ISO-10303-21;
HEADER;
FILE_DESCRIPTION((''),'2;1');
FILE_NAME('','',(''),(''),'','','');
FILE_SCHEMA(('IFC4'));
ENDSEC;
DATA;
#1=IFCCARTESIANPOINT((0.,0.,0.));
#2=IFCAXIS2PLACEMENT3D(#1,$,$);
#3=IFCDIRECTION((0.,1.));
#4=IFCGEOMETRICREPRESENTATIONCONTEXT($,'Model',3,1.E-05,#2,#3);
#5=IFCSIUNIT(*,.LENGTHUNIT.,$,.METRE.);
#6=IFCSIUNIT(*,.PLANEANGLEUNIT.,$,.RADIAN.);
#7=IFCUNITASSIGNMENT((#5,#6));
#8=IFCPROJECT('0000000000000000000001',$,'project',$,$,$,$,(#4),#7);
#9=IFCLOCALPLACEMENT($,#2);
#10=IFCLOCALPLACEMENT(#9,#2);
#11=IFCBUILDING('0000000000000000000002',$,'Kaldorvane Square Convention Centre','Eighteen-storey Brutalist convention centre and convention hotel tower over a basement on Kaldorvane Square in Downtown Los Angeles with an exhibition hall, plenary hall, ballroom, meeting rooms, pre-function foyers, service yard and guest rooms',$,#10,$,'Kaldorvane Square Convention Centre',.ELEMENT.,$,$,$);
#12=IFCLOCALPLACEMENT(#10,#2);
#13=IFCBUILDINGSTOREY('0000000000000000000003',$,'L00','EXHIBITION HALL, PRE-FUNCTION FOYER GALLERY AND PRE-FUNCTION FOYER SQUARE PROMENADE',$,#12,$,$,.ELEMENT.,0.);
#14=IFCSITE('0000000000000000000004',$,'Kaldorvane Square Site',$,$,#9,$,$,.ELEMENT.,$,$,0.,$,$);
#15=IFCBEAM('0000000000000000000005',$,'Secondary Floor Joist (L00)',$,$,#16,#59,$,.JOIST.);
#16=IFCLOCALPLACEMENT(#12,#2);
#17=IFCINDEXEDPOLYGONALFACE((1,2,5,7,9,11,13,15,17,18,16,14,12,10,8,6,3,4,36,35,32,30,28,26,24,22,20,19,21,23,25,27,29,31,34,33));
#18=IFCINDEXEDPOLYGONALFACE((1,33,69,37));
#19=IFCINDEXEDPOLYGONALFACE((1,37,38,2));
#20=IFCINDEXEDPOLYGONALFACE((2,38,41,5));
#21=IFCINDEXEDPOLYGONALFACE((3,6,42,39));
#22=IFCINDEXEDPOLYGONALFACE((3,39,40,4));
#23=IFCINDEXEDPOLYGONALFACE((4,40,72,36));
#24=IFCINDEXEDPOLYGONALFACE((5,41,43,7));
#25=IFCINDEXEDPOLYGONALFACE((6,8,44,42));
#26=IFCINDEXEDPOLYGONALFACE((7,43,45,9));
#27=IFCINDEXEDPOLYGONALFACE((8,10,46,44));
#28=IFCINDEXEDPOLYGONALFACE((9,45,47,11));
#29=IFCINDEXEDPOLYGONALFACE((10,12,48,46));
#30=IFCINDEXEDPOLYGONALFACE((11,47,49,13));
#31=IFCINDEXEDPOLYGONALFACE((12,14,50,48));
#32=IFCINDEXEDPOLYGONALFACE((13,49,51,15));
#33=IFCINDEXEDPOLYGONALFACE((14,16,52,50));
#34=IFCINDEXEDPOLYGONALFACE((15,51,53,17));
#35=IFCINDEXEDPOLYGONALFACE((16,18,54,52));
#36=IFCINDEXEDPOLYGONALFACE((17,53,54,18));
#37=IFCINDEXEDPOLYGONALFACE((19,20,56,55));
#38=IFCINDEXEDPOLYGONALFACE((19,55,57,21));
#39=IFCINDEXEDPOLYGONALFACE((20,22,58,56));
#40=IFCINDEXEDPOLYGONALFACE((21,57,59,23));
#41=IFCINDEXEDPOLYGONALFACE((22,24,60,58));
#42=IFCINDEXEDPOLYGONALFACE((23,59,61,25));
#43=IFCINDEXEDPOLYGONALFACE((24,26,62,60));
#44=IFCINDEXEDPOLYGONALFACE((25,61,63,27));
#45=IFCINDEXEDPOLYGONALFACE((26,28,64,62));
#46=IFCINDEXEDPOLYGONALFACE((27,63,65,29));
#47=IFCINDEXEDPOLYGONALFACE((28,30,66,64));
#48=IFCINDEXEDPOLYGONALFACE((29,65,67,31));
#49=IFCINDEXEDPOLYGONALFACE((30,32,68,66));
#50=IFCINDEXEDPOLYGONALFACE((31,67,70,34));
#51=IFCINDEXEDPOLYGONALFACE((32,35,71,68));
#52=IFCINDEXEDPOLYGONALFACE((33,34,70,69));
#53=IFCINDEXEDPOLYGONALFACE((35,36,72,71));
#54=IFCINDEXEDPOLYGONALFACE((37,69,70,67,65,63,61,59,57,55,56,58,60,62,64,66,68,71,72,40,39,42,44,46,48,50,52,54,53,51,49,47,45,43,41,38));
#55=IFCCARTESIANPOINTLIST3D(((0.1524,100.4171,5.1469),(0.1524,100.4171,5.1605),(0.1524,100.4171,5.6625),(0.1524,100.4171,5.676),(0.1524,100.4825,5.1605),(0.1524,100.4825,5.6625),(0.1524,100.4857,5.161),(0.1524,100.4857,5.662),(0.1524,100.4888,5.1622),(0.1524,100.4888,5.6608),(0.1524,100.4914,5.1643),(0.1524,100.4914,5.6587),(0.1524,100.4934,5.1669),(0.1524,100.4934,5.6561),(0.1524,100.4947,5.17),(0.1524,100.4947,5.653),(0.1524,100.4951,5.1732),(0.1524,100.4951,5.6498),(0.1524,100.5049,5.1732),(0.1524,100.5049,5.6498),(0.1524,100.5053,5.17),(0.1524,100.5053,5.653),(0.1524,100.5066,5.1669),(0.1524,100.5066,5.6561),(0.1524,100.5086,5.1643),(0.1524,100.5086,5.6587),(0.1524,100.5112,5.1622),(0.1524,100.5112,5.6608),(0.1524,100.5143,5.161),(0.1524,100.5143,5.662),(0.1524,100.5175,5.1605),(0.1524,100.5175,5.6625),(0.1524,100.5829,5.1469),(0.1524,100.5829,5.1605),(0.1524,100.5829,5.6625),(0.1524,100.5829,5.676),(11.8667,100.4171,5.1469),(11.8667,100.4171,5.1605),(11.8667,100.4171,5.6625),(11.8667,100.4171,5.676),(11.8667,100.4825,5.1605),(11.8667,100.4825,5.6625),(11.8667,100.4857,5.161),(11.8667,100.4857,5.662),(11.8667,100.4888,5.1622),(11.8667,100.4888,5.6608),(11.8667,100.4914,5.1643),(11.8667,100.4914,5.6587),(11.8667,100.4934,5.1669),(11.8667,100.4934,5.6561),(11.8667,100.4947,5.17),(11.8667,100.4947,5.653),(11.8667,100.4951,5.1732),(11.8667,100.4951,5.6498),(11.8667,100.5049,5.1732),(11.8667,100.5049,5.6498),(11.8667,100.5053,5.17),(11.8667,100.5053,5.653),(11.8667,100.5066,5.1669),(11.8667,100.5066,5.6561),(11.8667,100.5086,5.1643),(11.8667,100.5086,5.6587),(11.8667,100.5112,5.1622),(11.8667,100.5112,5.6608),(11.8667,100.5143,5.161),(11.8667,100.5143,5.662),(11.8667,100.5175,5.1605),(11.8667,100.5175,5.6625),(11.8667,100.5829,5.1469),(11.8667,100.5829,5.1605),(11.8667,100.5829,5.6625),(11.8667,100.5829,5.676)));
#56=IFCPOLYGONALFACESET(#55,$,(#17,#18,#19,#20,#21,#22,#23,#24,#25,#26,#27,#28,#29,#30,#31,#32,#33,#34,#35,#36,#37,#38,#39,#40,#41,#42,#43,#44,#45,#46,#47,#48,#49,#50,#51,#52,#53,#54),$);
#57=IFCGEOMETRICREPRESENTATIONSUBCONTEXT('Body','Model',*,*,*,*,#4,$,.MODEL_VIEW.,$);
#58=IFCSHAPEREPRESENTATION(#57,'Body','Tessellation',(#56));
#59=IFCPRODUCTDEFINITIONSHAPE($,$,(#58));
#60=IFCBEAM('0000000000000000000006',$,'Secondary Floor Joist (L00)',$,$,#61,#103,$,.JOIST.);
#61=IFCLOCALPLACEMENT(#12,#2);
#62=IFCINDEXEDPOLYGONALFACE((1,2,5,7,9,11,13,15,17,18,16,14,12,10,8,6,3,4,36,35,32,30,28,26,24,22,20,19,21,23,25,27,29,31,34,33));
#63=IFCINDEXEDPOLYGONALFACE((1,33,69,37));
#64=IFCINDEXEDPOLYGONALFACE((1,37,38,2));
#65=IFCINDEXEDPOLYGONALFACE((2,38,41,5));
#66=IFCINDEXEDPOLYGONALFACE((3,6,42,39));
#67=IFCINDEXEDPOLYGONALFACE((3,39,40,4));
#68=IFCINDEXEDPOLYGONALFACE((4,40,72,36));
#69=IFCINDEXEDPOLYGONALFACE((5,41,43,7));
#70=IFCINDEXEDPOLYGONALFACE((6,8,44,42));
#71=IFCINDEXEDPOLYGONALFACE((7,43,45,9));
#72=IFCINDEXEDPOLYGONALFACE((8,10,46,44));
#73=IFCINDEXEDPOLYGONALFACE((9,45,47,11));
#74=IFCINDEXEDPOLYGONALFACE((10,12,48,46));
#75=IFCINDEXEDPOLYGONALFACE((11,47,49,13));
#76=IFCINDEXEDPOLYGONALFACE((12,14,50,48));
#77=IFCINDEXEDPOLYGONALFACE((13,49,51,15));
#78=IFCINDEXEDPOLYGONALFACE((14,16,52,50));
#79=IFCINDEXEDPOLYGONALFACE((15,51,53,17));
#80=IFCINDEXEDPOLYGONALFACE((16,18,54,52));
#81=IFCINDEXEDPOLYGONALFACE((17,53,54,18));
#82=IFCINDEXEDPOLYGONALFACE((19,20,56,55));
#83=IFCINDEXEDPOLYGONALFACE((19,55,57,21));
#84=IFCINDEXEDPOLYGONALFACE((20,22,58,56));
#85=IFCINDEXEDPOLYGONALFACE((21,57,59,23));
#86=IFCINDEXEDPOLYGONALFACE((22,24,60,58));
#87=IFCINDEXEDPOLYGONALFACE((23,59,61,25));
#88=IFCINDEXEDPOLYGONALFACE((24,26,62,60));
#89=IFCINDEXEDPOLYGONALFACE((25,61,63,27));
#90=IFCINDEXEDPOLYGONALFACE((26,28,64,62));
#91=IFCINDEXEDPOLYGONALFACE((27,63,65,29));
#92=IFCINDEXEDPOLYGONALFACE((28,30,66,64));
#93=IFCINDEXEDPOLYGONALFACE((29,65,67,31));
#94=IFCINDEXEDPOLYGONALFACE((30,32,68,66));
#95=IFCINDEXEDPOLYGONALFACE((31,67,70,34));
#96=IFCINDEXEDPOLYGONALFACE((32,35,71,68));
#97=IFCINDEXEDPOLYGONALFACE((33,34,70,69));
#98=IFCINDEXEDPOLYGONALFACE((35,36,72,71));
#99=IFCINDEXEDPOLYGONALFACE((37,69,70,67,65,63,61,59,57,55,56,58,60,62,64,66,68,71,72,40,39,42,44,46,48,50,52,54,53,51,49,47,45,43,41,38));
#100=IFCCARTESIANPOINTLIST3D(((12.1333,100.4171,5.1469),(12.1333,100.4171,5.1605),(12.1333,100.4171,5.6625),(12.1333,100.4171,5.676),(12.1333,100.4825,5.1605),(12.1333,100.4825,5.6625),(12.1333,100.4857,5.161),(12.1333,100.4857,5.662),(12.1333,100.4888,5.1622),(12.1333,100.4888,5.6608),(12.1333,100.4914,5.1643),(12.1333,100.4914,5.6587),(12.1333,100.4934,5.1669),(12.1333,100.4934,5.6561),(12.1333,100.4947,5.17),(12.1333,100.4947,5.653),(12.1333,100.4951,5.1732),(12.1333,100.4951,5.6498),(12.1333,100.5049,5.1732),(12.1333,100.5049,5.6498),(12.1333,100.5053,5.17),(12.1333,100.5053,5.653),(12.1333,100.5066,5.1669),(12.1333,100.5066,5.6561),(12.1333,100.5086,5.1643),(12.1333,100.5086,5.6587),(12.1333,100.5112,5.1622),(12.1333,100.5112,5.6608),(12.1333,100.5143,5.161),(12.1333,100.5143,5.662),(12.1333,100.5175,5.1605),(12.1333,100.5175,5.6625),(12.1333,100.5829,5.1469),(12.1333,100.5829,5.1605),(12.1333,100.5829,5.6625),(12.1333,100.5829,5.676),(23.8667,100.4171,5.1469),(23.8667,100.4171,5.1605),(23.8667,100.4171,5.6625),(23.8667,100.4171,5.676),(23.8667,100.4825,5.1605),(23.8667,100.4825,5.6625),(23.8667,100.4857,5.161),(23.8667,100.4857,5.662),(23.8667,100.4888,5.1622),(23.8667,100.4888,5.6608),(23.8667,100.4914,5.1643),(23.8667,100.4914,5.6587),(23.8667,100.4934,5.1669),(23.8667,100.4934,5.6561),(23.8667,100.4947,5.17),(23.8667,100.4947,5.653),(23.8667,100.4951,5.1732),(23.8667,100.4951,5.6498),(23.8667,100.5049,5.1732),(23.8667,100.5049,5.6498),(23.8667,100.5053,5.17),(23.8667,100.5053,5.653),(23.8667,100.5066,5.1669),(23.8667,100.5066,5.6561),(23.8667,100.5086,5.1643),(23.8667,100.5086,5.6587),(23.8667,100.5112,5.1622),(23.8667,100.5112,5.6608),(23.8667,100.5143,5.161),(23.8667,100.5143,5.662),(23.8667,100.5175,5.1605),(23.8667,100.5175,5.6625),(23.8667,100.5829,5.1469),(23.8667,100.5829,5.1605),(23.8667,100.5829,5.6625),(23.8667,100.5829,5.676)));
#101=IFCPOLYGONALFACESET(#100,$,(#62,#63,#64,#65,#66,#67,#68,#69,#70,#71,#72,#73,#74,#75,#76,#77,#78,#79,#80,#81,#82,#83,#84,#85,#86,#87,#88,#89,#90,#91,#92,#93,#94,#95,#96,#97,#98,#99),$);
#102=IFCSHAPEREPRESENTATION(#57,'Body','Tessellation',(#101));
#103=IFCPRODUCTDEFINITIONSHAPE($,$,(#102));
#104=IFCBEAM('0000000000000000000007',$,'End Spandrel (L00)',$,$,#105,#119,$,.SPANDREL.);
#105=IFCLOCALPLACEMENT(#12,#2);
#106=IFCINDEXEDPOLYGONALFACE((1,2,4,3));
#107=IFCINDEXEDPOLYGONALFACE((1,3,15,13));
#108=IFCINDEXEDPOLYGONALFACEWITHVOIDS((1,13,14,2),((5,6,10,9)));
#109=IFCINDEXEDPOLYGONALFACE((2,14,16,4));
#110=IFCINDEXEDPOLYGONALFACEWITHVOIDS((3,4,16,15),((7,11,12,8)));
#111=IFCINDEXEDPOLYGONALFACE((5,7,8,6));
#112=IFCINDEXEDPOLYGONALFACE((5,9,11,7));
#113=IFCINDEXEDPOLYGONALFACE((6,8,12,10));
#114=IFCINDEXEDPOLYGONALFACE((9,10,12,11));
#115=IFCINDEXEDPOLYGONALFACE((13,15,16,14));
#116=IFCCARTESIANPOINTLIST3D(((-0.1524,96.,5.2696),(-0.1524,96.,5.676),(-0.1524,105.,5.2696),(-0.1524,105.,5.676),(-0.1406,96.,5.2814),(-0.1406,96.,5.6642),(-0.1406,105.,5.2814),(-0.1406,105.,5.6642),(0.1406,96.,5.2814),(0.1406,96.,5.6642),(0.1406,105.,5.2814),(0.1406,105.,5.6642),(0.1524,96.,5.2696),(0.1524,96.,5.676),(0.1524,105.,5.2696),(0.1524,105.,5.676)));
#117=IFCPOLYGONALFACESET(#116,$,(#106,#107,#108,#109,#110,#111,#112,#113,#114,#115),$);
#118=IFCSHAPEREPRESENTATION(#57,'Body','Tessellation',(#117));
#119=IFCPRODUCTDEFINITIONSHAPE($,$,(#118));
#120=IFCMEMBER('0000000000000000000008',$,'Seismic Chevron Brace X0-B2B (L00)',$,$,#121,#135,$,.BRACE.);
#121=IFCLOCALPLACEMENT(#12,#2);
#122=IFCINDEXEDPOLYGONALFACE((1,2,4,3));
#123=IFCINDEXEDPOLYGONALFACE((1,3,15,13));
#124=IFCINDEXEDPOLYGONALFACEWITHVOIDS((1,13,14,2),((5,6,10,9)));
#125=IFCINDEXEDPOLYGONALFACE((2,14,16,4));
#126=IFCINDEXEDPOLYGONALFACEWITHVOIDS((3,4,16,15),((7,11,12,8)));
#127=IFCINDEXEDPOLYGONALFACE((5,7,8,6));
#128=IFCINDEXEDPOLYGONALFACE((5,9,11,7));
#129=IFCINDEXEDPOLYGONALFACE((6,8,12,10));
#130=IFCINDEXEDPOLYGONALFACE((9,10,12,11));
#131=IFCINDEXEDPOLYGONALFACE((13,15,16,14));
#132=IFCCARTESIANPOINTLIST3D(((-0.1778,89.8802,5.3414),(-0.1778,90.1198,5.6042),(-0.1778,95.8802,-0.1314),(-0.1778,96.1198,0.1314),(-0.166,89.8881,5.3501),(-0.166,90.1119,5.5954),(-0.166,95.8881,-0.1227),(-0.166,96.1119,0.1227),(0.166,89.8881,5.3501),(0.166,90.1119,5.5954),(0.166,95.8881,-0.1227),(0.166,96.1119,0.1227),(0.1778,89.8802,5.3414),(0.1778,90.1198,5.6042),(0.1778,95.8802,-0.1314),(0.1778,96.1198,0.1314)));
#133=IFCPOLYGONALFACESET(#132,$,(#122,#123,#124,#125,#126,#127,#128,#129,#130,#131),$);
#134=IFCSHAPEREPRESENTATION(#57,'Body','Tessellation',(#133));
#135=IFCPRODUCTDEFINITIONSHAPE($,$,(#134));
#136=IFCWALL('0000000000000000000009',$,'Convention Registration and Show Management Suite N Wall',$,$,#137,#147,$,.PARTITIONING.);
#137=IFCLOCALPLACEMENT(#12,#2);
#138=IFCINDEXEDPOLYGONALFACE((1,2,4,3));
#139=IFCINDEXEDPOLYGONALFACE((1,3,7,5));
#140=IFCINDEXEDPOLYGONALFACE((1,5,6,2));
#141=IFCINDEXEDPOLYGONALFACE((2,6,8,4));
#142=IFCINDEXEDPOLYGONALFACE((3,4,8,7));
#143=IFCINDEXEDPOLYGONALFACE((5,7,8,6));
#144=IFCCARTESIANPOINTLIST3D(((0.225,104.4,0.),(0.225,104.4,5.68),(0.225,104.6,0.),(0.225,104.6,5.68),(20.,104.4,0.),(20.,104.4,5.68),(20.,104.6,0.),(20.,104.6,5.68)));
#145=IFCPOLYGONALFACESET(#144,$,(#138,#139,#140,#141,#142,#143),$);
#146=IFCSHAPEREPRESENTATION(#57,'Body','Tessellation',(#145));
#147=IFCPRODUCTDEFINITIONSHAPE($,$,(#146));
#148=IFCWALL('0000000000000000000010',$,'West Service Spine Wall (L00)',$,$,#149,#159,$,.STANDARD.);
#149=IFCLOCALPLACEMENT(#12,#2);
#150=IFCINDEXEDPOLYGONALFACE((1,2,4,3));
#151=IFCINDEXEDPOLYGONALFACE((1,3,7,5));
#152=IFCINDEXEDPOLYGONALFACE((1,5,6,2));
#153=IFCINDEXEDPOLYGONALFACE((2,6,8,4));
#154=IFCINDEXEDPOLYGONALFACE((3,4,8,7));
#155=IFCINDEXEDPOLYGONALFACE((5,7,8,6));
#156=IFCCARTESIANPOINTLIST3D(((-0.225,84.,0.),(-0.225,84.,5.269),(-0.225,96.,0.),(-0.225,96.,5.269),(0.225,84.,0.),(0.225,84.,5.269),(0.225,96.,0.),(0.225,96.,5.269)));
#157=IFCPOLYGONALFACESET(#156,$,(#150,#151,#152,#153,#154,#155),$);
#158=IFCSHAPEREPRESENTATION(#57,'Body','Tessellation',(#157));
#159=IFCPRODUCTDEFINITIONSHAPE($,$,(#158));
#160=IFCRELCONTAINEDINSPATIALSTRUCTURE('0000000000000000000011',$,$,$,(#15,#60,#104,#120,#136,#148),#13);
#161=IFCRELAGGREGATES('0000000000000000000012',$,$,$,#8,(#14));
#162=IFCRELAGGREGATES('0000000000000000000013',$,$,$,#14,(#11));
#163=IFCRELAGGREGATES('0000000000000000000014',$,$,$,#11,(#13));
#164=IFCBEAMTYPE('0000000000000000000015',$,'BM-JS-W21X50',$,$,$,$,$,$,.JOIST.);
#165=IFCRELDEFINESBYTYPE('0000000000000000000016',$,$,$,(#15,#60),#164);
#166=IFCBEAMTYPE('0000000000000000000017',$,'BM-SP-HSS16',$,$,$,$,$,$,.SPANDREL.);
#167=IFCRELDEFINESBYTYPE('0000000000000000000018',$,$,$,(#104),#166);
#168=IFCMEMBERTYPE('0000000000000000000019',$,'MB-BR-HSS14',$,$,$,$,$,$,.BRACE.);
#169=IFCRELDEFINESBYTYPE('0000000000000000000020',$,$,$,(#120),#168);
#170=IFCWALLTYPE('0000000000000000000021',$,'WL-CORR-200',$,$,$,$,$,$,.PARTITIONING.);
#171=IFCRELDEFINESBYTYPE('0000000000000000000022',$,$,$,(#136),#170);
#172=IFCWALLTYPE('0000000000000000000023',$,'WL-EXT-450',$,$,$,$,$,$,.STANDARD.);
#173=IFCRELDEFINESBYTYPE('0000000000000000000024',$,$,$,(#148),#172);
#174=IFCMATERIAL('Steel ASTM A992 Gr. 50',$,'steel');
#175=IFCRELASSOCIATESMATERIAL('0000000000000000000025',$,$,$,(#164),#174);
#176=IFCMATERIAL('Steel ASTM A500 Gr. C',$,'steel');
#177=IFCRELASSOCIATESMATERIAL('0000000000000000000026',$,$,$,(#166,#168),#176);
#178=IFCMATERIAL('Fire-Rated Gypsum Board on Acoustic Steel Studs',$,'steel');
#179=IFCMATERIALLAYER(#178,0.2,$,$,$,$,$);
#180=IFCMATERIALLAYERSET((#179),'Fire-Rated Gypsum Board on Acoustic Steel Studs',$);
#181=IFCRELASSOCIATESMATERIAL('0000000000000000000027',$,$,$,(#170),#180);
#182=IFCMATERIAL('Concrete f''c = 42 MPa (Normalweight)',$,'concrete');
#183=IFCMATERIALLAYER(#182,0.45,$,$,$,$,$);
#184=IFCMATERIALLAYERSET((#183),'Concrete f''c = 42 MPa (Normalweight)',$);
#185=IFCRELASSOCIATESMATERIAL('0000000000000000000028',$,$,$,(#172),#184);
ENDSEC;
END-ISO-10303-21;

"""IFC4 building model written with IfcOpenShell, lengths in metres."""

from ifc_helpers import new_model, si_unit, direction, frame, frame_2d, origin, origin_2d, place, context, subcontext, project, spatial, rectangle, hollow_rectangle, i_section, extrude, material, layer, layer_set, material_profile, profile_set, type_object, element, save


model = new_model("IFC4")

# Units and contexts
model_context = context("Model", 3, precision=1e-05, world=origin(), true_north=direction((0.0, 1.0)))
body_context = subcontext(model_context, "Body", "Model", "MODEL_VIEW")
ifc_project = project(units=[si_unit("LENGTHUNIT", "METRE"), si_unit("PLANEANGLEUNIT", "RADIAN")], contexts=[model_context])

# Site, building, storey
site_placement = place(None, origin())
site = spatial("IfcSite", under=ifc_project, at=site_placement, Name="Kaldorvane Square Site", CompositionType="ELEMENT", RefElevation=0.0)
building_placement = place(site_placement, origin())
building = spatial("IfcBuilding", under=site, at=building_placement, Name="Kaldorvane Square Convention Centre", Description="Eighteen-storey Brutalist convention centre and convention hotel tower over a basement on Kaldorvane Square in Downtown Los Angeles with an exhibition hall, plenary hall, ballroom, meeting rooms, pre-function foyers, service yard and guest rooms", LongName="Kaldorvane Square Convention Centre", CompositionType="ELEMENT")
storey_placement = place(building_placement, origin())
storey = spatial("IfcBuildingStorey", under=building, at=storey_placement, Name="L00", Description="EXHIBITION HALL, PRE-FUNCTION FOYER GALLERY AND PRE-FUNCTION FOYER SQUARE PROMENADE", CompositionType="ELEMENT", Elevation=0.0)

# Shared definitions
ifc_material_1 = material(Name="Steel ASTM A992 Gr. 50", Category="steel")

# Beams
ifc_material_profile_1 = material_profile(ifc_material_1, i_section(OverallWidth=0.1659, OverallDepth=0.5291, WebThickness=0.0097, FlangeThickness=0.0136, FilletRadius=0.0127, at=origin_2d()), Name="W21X50")
ifc_profile_set_1 = profile_set([ifc_material_profile_1], Name="Steel ASTM A992 Gr. 50")
beam_type_1 = type_object("IfcBeamType", Name="BM-JS-W21X50", PredefinedType="JOIST", material=ifc_profile_set_1)
beam_1_placement = place(storey_placement, frame((0.1524, 100.5, 5.4115), z_axis=(1.0, 0.0, 0.0), x_axis=(0.0, 1.0, 0.0)))
element("IfcBeam", 1, at=beam_1_placement, inside=storey, type_object=beam_type_1, Name="Secondary Floor Joist (L00)", PredefinedType="JOIST", context=body_context, shape_type="SweptSolid", body=[
    extrude(i_section(OverallWidth=0.1659, OverallDepth=0.5291, WebThickness=0.0097, FlangeThickness=0.0136, FilletRadius=0.0127, at=origin_2d()), origin(), (0.0, 0.0, 1.0), 11.7143),
])
beam_2_placement = place(storey_placement, frame((12.1333, 100.5, 5.4115), z_axis=(1.0, 0.0, 0.0), x_axis=(0.0, 1.0, 0.0)))
element("IfcBeam", 2, at=beam_2_placement, inside=storey, type_object=beam_type_1, Name="Secondary Floor Joist (L00)", PredefinedType="JOIST", context=body_context, shape_type="SweptSolid", body=[
    extrude(i_section(OverallWidth=0.1659, OverallDepth=0.5291, WebThickness=0.0097, FlangeThickness=0.0136, FilletRadius=0.0127, at=origin_2d()), origin(), (0.0, 0.0, 1.0), 11.7334),
])
ifc_material_2 = material(Name="Steel ASTM A500 Gr. C", Category="steel")
ifc_material_profile_2 = material_profile(ifc_material_2, hollow_rectangle(XDim=0.3048, YDim=0.4064, WallThickness=0.0118, at=origin_2d()), Name="HSS16X12X1/2")
ifc_profile_set_2 = profile_set([ifc_material_profile_2], Name="Steel ASTM A500 Gr. C")
beam_type_2 = type_object("IfcBeamType", Name="BM-SP-HSS16", PredefinedType="SPANDREL", material=ifc_profile_set_2)
beam_3_placement = place(storey_placement, frame((0.0, 96.0, 5.4728), z_axis=(0.0, 1.0, 0.0), x_axis=(-1.0, 0.0, 0.0)))
element("IfcBeam", 3, at=beam_3_placement, inside=storey, type_object=beam_type_2, Name="End Spandrel (L00)", PredefinedType="SPANDREL", context=body_context, shape_type="SweptSolid", body=[
    extrude(hollow_rectangle(XDim=0.3048, YDim=0.4064, WallThickness=0.0118, at=origin_2d()), origin(), (0.0, 0.0, 1.0), 9.0),
])

# Member
ifc_material_profile_3 = material_profile(ifc_material_2, hollow_rectangle(XDim=0.3556, YDim=0.3556, WallThickness=0.0118, at=origin_2d()), Name="HSS14X14X1/2")
ifc_profile_set_3 = profile_set([ifc_material_profile_3], Name="Steel ASTM A500 Gr. C")
member_type = type_object("IfcMemberType", Name="MB-BR-HSS14", PredefinedType="BRACE", material=ifc_profile_set_3)
member_placement = place(storey_placement, frame((0.0, 96.0, 0.0), z_axis=(0.0, -0.738821, 0.673902), x_axis=(1.0, 0.0, 0.0)))
element("IfcMember", 4, at=member_placement, inside=storey, type_object=member_type, Name="Seismic Chevron Brace X0-B2B (L00)", PredefinedType="BRACE", context=body_context, shape_type="SweptSolid", body=[
    extrude(hollow_rectangle(XDim=0.3556, YDim=0.3556, WallThickness=0.0118, at=origin_2d()), origin(), (0.0, 0.0, 1.0), 8.121),
])

# Walls
ifc_material_3 = material(Name="Fire-Rated Gypsum Board on Acoustic Steel Studs", Category="steel")
ifc_layer_1 = layer(ifc_material_3, 0.2)
ifc_layer_set_1 = layer_set([ifc_layer_1], Name="Fire-Rated Gypsum Board on Acoustic Steel Studs")
wall_type_1 = type_object("IfcWallType", Name="WL-CORR-200", PredefinedType="PARTITIONING", material=ifc_layer_set_1)
wall_1_placement = place(storey_placement, frame((20.0, 104.5, 0.0), z_axis=(0.0, 0.0, 1.0), x_axis=(-1.0, 0.0, 0.0)))
element("IfcWall", 5, at=wall_1_placement, inside=storey, type_object=wall_type_1, Name="Convention Registration and Show Management Suite N Wall", PredefinedType="PARTITIONING", context=body_context, shape_type="SweptSolid", body=[
    extrude(rectangle(XDim=19.775, YDim=0.2, at=frame_2d((9.8875, 0.0))), origin(), (0.0, 0.0, 1.0), 5.68),
])
ifc_material_4 = material(Name="Concrete f'c = 42 MPa (Normalweight)", Category="concrete")
ifc_layer_2 = layer(ifc_material_4, 0.45)
ifc_layer_set_2 = layer_set([ifc_layer_2], Name="Concrete f'c = 42 MPa (Normalweight)")
wall_type_2 = type_object("IfcWallType", Name="WL-EXT-450", PredefinedType="STANDARD", material=ifc_layer_set_2)
wall_2_placement = place(storey_placement, frame((0.0, 96.0, 0.0), z_axis=(0.0, 0.0, 1.0), x_axis=(0.0, -1.0, 0.0)))
element("IfcWall", 6, at=wall_2_placement, inside=storey, type_object=wall_type_2, Name="West Service Spine Wall (L00)", PredefinedType="STANDARD", context=body_context, shape_type="SweptSolid", body=[
    extrude(rectangle(XDim=12.0, YDim=0.45, at=frame_2d((6.0, 0.0))), origin(), (0.0, 0.0, 1.0), 5.269),
])

save(model, "model.ifc")
